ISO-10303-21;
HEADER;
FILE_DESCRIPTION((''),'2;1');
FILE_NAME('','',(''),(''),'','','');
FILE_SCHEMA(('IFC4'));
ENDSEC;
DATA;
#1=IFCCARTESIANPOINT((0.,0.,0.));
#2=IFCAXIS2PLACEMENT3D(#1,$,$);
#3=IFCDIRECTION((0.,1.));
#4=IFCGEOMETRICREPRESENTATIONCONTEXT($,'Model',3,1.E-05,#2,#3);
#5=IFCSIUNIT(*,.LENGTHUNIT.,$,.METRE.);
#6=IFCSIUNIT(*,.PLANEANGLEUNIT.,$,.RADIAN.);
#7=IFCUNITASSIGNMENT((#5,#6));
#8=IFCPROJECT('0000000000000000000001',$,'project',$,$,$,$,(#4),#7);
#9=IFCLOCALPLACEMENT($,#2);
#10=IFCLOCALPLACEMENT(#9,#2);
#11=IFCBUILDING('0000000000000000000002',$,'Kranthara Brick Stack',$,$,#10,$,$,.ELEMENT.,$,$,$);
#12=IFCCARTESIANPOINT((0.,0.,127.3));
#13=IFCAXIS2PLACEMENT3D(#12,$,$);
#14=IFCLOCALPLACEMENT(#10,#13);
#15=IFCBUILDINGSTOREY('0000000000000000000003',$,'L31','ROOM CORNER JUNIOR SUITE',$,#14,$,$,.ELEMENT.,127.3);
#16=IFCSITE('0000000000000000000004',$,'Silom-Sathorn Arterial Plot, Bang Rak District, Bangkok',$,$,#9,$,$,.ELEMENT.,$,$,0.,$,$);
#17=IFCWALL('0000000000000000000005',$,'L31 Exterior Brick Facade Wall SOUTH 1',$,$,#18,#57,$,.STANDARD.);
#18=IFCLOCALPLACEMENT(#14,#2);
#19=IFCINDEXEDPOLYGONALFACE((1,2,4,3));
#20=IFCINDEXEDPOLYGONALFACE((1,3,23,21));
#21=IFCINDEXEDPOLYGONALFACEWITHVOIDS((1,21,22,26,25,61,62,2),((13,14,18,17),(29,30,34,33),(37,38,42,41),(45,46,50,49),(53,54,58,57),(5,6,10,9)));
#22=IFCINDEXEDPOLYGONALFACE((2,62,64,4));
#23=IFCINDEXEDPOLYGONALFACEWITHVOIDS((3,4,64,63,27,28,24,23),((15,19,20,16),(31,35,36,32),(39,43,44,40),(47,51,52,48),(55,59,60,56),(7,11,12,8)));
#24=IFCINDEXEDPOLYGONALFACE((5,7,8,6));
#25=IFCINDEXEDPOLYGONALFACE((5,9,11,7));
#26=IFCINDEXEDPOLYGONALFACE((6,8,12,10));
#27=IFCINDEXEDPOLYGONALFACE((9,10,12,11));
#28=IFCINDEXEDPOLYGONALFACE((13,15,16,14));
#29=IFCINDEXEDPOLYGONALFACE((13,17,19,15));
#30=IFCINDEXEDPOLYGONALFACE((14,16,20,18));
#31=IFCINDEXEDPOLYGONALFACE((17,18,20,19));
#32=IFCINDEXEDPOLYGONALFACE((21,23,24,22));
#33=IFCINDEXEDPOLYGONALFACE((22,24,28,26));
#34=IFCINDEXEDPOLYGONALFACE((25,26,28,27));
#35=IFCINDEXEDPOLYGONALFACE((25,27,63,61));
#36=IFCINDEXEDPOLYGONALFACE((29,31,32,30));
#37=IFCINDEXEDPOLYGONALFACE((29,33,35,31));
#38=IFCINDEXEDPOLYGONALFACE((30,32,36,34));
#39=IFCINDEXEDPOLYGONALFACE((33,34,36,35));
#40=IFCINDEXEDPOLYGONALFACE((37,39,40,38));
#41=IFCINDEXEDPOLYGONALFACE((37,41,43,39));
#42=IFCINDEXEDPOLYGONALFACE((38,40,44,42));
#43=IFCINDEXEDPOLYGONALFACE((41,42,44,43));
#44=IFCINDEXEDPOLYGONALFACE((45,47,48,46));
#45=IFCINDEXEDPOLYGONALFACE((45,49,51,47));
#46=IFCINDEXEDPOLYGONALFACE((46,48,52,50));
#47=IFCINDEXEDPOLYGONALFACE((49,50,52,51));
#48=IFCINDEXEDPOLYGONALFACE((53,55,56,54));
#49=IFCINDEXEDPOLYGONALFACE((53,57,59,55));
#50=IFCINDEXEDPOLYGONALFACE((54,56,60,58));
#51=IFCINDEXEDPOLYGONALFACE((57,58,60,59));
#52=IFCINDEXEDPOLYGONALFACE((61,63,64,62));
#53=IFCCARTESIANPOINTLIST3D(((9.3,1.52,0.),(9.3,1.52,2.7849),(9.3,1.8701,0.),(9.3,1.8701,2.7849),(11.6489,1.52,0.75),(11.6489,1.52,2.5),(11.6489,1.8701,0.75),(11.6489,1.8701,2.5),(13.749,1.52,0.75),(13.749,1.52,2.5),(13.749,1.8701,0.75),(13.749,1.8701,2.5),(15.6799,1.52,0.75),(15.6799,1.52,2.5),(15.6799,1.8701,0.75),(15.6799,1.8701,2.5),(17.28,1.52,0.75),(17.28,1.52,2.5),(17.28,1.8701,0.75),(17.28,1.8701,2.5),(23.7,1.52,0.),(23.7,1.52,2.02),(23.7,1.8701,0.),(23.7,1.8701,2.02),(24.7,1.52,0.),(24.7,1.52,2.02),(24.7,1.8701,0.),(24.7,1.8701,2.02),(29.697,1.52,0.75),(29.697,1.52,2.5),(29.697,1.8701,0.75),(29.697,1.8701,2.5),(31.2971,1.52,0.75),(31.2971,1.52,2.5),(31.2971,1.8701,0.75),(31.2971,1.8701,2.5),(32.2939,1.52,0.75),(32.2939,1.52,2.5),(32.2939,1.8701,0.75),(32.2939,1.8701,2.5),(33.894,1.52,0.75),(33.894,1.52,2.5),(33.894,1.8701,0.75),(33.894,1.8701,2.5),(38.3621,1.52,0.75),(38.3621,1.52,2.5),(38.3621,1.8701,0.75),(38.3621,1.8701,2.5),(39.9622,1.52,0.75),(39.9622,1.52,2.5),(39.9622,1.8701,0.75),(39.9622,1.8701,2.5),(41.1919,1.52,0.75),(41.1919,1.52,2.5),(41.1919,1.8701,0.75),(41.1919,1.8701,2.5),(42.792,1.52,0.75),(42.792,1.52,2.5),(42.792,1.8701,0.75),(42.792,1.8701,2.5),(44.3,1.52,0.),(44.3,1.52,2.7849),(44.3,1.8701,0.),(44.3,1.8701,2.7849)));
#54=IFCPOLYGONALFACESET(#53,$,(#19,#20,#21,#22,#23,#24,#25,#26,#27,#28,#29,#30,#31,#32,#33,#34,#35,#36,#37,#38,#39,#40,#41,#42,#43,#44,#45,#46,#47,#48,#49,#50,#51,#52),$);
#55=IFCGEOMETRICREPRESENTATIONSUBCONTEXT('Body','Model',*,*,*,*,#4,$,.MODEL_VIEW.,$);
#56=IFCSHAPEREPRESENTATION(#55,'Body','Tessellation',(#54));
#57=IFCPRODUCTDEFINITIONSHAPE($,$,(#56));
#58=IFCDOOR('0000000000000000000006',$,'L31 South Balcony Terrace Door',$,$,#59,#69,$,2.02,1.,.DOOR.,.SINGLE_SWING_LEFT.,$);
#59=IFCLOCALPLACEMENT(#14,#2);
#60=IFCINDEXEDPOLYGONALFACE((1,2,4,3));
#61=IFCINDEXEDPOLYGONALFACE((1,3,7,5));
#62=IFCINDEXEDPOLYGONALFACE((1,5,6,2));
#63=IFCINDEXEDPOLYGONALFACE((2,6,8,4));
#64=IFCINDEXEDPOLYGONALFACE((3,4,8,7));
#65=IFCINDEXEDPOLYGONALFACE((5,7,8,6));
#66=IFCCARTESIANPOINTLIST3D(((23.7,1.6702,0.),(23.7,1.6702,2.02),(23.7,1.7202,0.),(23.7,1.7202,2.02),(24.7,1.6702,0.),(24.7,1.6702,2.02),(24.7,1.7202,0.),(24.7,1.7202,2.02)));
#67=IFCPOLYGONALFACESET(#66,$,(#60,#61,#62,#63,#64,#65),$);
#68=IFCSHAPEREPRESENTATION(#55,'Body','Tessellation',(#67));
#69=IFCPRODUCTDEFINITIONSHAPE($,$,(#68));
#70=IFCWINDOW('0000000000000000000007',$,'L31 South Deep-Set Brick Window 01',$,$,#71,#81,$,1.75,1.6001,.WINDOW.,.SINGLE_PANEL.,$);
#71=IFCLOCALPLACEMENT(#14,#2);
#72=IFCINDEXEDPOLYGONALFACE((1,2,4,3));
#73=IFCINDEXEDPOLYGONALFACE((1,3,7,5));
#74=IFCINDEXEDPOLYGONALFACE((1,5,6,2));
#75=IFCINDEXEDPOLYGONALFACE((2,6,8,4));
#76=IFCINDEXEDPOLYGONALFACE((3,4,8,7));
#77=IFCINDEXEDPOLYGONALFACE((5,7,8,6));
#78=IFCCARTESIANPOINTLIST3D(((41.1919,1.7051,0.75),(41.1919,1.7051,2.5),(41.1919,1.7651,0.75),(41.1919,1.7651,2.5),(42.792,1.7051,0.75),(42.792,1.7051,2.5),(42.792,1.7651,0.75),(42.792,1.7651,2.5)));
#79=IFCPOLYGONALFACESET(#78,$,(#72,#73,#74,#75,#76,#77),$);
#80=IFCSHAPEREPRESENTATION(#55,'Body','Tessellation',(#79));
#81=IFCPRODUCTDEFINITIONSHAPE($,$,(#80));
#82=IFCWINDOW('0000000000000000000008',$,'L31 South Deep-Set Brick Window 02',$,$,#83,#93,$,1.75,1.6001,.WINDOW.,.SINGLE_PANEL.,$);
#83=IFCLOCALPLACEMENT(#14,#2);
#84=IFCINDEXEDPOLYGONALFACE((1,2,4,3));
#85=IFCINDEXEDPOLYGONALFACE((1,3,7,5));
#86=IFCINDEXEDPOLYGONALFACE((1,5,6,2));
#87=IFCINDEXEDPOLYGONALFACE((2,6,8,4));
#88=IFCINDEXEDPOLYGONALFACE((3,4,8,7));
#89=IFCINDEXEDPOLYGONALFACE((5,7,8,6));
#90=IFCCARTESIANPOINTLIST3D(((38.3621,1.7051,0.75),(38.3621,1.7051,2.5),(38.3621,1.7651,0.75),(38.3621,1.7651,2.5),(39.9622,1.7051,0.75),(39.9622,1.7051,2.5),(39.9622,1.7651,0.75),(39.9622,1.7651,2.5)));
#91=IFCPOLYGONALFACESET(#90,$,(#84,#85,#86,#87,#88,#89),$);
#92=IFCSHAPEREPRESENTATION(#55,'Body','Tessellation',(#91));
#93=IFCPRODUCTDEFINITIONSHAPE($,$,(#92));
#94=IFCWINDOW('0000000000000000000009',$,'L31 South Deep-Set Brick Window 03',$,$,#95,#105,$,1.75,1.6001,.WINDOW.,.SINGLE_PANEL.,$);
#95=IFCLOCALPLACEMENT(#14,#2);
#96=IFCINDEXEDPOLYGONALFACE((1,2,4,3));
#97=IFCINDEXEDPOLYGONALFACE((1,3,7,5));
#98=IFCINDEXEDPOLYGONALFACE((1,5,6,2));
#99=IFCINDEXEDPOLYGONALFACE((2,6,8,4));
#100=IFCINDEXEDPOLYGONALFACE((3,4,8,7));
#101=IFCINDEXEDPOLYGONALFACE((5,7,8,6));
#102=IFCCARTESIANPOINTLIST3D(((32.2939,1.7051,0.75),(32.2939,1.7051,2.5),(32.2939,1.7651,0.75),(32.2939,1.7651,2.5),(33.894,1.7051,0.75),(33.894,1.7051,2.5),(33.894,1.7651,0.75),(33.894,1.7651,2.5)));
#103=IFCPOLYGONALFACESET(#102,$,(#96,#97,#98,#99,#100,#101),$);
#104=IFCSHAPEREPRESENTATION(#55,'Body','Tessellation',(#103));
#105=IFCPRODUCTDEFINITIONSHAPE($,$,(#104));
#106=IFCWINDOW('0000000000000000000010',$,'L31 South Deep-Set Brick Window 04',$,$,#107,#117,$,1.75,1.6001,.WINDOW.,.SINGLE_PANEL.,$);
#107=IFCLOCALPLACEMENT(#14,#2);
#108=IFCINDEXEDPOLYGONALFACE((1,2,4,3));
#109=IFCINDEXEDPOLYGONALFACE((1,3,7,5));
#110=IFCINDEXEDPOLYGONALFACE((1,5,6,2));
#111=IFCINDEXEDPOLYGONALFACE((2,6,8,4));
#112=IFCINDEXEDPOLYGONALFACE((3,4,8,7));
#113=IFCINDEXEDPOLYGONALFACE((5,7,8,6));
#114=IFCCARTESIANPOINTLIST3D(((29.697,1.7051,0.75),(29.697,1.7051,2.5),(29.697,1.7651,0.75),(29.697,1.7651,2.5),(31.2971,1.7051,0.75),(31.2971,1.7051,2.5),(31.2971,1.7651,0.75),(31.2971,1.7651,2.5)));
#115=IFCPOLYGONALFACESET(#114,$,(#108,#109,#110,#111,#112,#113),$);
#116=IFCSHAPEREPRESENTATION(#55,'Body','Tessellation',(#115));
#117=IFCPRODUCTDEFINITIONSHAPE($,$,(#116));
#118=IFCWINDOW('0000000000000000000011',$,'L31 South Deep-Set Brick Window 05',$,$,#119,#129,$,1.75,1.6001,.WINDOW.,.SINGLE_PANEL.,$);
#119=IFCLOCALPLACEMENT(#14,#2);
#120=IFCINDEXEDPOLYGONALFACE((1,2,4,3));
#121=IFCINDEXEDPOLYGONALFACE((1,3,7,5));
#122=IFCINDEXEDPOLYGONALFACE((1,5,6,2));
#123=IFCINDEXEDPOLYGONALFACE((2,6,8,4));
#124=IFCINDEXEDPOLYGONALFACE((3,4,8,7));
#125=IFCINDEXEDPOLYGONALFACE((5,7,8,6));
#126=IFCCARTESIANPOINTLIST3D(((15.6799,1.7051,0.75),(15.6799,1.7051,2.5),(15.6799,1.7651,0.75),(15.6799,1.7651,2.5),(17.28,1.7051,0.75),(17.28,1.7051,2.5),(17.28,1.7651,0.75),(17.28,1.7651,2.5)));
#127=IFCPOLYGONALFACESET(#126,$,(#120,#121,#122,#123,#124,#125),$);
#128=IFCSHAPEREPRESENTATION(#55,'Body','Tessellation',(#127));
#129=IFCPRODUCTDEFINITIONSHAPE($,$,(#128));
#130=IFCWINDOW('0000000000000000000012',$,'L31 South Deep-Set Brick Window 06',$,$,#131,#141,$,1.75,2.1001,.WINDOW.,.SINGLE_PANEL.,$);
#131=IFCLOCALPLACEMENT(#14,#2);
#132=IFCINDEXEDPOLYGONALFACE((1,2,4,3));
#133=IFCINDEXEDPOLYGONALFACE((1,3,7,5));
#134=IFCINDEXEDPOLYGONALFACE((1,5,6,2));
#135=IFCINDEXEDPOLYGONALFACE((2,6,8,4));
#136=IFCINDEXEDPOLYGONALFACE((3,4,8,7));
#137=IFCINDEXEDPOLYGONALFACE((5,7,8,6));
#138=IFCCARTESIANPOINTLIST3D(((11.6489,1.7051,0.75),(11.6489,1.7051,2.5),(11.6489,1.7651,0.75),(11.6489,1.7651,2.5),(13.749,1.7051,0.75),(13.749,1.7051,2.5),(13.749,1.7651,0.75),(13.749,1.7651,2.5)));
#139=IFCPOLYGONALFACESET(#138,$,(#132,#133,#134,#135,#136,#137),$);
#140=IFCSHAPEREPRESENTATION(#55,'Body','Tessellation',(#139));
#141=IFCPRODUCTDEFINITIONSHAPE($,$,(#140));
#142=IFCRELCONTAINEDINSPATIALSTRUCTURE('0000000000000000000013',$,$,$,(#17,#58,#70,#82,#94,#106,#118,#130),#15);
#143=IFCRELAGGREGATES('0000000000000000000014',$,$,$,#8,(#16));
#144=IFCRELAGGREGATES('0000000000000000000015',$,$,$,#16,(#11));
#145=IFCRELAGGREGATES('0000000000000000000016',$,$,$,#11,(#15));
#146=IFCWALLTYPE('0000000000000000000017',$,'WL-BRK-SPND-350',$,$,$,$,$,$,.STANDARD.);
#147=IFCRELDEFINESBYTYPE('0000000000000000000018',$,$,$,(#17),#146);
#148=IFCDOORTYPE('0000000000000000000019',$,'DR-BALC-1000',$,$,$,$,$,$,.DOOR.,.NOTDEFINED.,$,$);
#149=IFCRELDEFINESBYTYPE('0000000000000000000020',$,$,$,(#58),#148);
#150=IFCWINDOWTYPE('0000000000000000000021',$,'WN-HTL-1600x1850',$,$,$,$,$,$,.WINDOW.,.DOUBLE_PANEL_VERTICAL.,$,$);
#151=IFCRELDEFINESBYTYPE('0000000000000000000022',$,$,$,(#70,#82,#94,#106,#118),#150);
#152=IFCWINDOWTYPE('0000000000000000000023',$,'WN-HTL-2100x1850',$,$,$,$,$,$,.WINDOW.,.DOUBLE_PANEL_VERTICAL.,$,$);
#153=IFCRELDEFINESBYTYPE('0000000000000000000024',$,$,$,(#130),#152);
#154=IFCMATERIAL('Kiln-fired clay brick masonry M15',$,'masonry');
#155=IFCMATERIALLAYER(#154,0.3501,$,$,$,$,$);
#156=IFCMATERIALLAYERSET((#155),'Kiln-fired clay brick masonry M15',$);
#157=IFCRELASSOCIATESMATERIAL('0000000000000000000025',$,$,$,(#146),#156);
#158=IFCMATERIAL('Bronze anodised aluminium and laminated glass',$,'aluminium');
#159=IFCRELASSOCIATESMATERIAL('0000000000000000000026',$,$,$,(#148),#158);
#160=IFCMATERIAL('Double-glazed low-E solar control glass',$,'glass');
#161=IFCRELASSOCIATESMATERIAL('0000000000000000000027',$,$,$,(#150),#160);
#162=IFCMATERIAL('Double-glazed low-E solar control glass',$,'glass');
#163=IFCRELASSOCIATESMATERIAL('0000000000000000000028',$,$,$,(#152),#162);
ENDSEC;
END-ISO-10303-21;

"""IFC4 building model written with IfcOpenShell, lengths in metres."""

from ifc_helpers import new_model, si_unit, direction, frame, frame_2d, origin, place, context, subcontext, project, spatial, rectangle, extrude, material, layer, layer_set, type_object, element, fill, save


model = new_model("IFC4")

# Units and contexts
model_context = context("Model", 3, precision=1e-05, world=origin(), true_north=direction((0.0, 1.0)))
body_context = subcontext(model_context, "Body", "Model", "MODEL_VIEW")
ifc_project = project(units=[si_unit("LENGTHUNIT", "METRE"), si_unit("PLANEANGLEUNIT", "RADIAN")], contexts=[model_context])

# Site, building, storey
site_placement = place(None, origin())
site = spatial("IfcSite", under=ifc_project, at=site_placement, Name="Silom-Sathorn Arterial Plot, Bang Rak District, Bangkok", CompositionType="ELEMENT", RefElevation=0.0)
building_placement = place(site_placement, origin())
building = spatial("IfcBuilding", under=site, at=building_placement, Name="Kranthara Brick Stack", CompositionType="ELEMENT")
storey_placement = place(building_placement, frame((0.0, 0.0, 127.3)))
storey = spatial("IfcBuildingStorey", under=building, at=storey_placement, Name="L31", Description="ROOM CORNER JUNIOR SUITE", CompositionType="ELEMENT", Elevation=127.3)

# Wall, openings, door, windows
ifc_material_1 = material(Name="Kiln-fired clay brick masonry M15", Category="masonry")
ifc_layer_1 = layer(ifc_material_1, 0.3501)
ifc_layer_set_1 = layer_set([ifc_layer_1], Name="Kiln-fired clay brick masonry M15")
wall_type_1 = type_object("IfcWallType", Name="WL-BRK-SPND-350", PredefinedType="STANDARD", material=ifc_layer_set_1)
wall_1_placement = place(storey_placement, frame((44.3, 1.6951, 0.0), z_axis=(0.0, 0.0, 1.0), x_axis=(-1.0, 0.0, 0.0)))
wall_1 = element("IfcWall", 1, at=wall_1_placement, inside=storey, type_object=wall_type_1, Name="L31 Exterior Brick Facade Wall SOUTH 1", PredefinedType="STANDARD", context=body_context, shape_type="SweptSolid", body=[
    extrude(rectangle(XDim=35.0, YDim=0.3501, at=frame_2d((17.5, 0.0))), origin(), (0.0, 0.0, 1.0), 2.7849),
])
opening_1_placement = place(wall_1_placement, frame((19.6001, 0.0, 0.0)))
opening_1 = element("IfcOpeningElement", 2, at=opening_1_placement, cuts=wall_1, PredefinedType="OPENING", context=body_context, shape_type="SweptSolid", body=[
    extrude(rectangle(XDim=1.0, YDim=2.02, at=frame_2d((0.5, 1.01))), frame((0.0, 0.1851, 0.0), z_axis=(0.0, -1.0, 0.0), x_axis=(1.0, 0.0, 0.0)), (0.0, 0.0, 1.0), 0.3701),
])
opening_2_placement = place(wall_1_placement, frame((1.5081, 0.0, 0.75)))
opening_2 = element("IfcOpeningElement", 3, at=opening_2_placement, cuts=wall_1, PredefinedType="OPENING", context=body_context, shape_type="SweptSolid", body=[
    extrude(rectangle(XDim=1.6001, YDim=1.75, at=frame_2d((0.8, 0.875))), frame((0.0, 0.1851, 0.0), z_axis=(0.0, -1.0, 0.0), x_axis=(1.0, 0.0, 0.0)), (0.0, 0.0, 1.0), 0.3701),
])
opening_3_placement = place(wall_1_placement, frame((4.3379, 0.0, 0.75)))
opening_3 = element("IfcOpeningElement", 4, at=opening_3_placement, cuts=wall_1, PredefinedType="OPENING", context=body_context, shape_type="SweptSolid", body=[
    extrude(rectangle(XDim=1.6001, YDim=1.75, at=frame_2d((0.8, 0.875))), frame((0.0, 0.1851, 0.0), z_axis=(0.0, -1.0, 0.0), x_axis=(1.0, 0.0, 0.0)), (0.0, 0.0, 1.0), 0.3701),
])
opening_4_placement = place(wall_1_placement, frame((10.406, 0.0, 0.75)))
opening_4 = element("IfcOpeningElement", 5, at=opening_4_placement, cuts=wall_1, PredefinedType="OPENING", context=body_context, shape_type="SweptSolid", body=[
    extrude(rectangle(XDim=1.6001, YDim=1.75, at=frame_2d((0.8, 0.875))), frame((0.0, 0.1851, 0.0), z_axis=(0.0, -1.0, 0.0), x_axis=(1.0, 0.0, 0.0)), (0.0, 0.0, 1.0), 0.3701),
])
opening_5_placement = place(wall_1_placement, frame((13.0029, 0.0, 0.75)))
opening_5 = element("IfcOpeningElement", 6, at=opening_5_placement, cuts=wall_1, PredefinedType="OPENING", context=body_context, shape_type="SweptSolid", body=[
    extrude(rectangle(XDim=1.6001, YDim=1.75, at=frame_2d((0.8, 0.875))), frame((0.0, 0.1851, 0.0), z_axis=(0.0, -1.0, 0.0), x_axis=(1.0, 0.0, 0.0)), (0.0, 0.0, 1.0), 0.3701),
])
opening_6_placement = place(wall_1_placement, frame((27.02, 0.0, 0.75)))
opening_6 = element("IfcOpeningElement", 7, at=opening_6_placement, cuts=wall_1, PredefinedType="OPENING", context=body_context, shape_type="SweptSolid", body=[
    extrude(rectangle(XDim=1.6001, YDim=1.75, at=frame_2d((0.8, 0.875))), frame((0.0, 0.1851, 0.0), z_axis=(0.0, -1.0, 0.0), x_axis=(1.0, 0.0, 0.0)), (0.0, 0.0, 1.0), 0.3701),
])
opening_7_placement = place(wall_1_placement, frame((30.551, 0.0, 0.75)))
opening_7 = element("IfcOpeningElement", 8, at=opening_7_placement, cuts=wall_1, PredefinedType="OPENING", context=body_context, shape_type="SweptSolid", body=[
    extrude(rectangle(XDim=2.1001, YDim=1.75, at=frame_2d((1.05, 0.875))), frame((0.0, 0.1851, 0.0), z_axis=(0.0, -1.0, 0.0), x_axis=(1.0, 0.0, 0.0)), (0.0, 0.0, 1.0), 0.3701),
])
ifc_material_2 = material(Name="Bronze anodised aluminium and laminated glass", Category="aluminium")
door_type_1 = type_object("IfcDoorType", Name="DR-BALC-1000", OperationType="NOTDEFINED", PredefinedType="DOOR", material=ifc_material_2)
door_1_placement = place(opening_1_placement, origin())
door_1 = element("IfcDoor", 9, at=door_1_placement, inside=storey, type_object=door_type_1, Name="L31 South Balcony Terrace Door", OperationType="SINGLE_SWING_LEFT", OverallHeight=2.02, OverallWidth=1.0, PredefinedType="DOOR", context=body_context, shape_type="SweptSolid", body=[
    extrude(rectangle(XDim=1.0, YDim=2.02, at=frame_2d((0.5, 1.01))), frame((0.0, 0.0249, 0.0), z_axis=(0.0, -1.0, 0.0), x_axis=(1.0, 0.0, 0.0)), (0.0, 0.0, 1.0), 0.05),
])
fill(opening_1, door_1)
ifc_material_3 = material(Name="Double-glazed low-E solar control glass", Category="glass")
window_type_1 = type_object("IfcWindowType", Name="WN-HTL-1600x1850", PartitioningType="DOUBLE_PANEL_VERTICAL", PredefinedType="WINDOW", material=ifc_material_3)
window_1_placement = place(opening_2_placement, origin())
window_1 = element("IfcWindow", 10, at=window_1_placement, inside=storey, type_object=window_type_1, Name="L31 South Deep-Set Brick Window 01", OverallHeight=1.75, OverallWidth=1.6001, PartitioningType="SINGLE_PANEL", PredefinedType="WINDOW", context=body_context, shape_type="SweptSolid", body=[
    extrude(rectangle(XDim=1.6001, YDim=1.75, at=frame_2d((0.8, 0.875))), frame((0.0, -0.01, 0.0), z_axis=(0.0, -1.0, 0.0), x_axis=(1.0, 0.0, 0.0)), (0.0, 0.0, 1.0), 0.0601),
])
fill(opening_2, window_1)
window_2_placement = place(opening_3_placement, origin())
window_2 = element("IfcWindow", 11, at=window_2_placement, inside=storey, type_object=window_type_1, Name="L31 South Deep-Set Brick Window 02", OverallHeight=1.75, OverallWidth=1.6001, PartitioningType="SINGLE_PANEL", PredefinedType="WINDOW", context=body_context, shape_type="SweptSolid", body=[
    extrude(rectangle(XDim=1.6001, YDim=1.75, at=frame_2d((0.8, 0.875))), frame((0.0, -0.01, 0.0), z_axis=(0.0, -1.0, 0.0), x_axis=(1.0, 0.0, 0.0)), (0.0, 0.0, 1.0), 0.0601),
])
fill(opening_3, window_2)
window_3_placement = place(opening_4_placement, origin())
window_3 = element("IfcWindow", 12, at=window_3_placement, inside=storey, type_object=window_type_1, Name="L31 South Deep-Set Brick Window 03", OverallHeight=1.75, OverallWidth=1.6001, PartitioningType="SINGLE_PANEL", PredefinedType="WINDOW", context=body_context, shape_type="SweptSolid", body=[
    extrude(rectangle(XDim=1.6001, YDim=1.75, at=frame_2d((0.8, 0.875))), frame((0.0, -0.01, 0.0), z_axis=(0.0, -1.0, 0.0), x_axis=(1.0, 0.0, 0.0)), (0.0, 0.0, 1.0), 0.0601),
])
fill(opening_4, window_3)
window_4_placement = place(opening_5_placement, origin())
window_4 = element("IfcWindow", 13, at=window_4_placement, inside=storey, type_object=window_type_1, Name="L31 South Deep-Set Brick Window 04", OverallHeight=1.75, OverallWidth=1.6001, PartitioningType="SINGLE_PANEL", PredefinedType="WINDOW", context=body_context, shape_type="SweptSolid", body=[
    extrude(rectangle(XDim=1.6001, YDim=1.75, at=frame_2d((0.8, 0.875))), frame((0.0, -0.01, 0.0), z_axis=(0.0, -1.0, 0.0), x_axis=(1.0, 0.0, 0.0)), (0.0, 0.0, 1.0), 0.0601),
])
fill(opening_5, window_4)
window_5_placement = place(opening_6_placement, origin())
window_5 = element("IfcWindow", 14, at=window_5_placement, inside=storey, type_object=window_type_1, Name="L31 South Deep-Set Brick Window 05", OverallHeight=1.75, OverallWidth=1.6001, PartitioningType="SINGLE_PANEL", PredefinedType="WINDOW", context=body_context, shape_type="SweptSolid", body=[
    extrude(rectangle(XDim=1.6001, YDim=1.75, at=frame_2d((0.8, 0.875))), frame((0.0, -0.01, 0.0), z_axis=(0.0, -1.0, 0.0), x_axis=(1.0, 0.0, 0.0)), (0.0, 0.0, 1.0), 0.0601),
])
fill(opening_6, window_5)
ifc_material_4 = material(Name="Double-glazed low-E solar control glass", Category="glass")
window_type_2 = type_object("IfcWindowType", Name="WN-HTL-2100x1850", PartitioningType="DOUBLE_PANEL_VERTICAL", PredefinedType="WINDOW", material=ifc_material_4)
window_6_placement = place(opening_7_placement, origin())
window_6 = element("IfcWindow", 15, at=window_6_placement, inside=storey, type_object=window_type_2, Name="L31 South Deep-Set Brick Window 06", OverallHeight=1.75, OverallWidth=2.1001, PartitioningType="SINGLE_PANEL", PredefinedType="WINDOW", context=body_context, shape_type="SweptSolid", body=[
    extrude(rectangle(XDim=2.1001, YDim=1.75, at=frame_2d((1.05, 0.875))), frame((0.0, -0.01, 0.0), z_axis=(0.0, -1.0, 0.0), x_axis=(1.0, 0.0, 0.0)), (0.0, 0.0, 1.0), 0.0601),
])
fill(opening_7, window_6)

save(model, "model.ifc")
